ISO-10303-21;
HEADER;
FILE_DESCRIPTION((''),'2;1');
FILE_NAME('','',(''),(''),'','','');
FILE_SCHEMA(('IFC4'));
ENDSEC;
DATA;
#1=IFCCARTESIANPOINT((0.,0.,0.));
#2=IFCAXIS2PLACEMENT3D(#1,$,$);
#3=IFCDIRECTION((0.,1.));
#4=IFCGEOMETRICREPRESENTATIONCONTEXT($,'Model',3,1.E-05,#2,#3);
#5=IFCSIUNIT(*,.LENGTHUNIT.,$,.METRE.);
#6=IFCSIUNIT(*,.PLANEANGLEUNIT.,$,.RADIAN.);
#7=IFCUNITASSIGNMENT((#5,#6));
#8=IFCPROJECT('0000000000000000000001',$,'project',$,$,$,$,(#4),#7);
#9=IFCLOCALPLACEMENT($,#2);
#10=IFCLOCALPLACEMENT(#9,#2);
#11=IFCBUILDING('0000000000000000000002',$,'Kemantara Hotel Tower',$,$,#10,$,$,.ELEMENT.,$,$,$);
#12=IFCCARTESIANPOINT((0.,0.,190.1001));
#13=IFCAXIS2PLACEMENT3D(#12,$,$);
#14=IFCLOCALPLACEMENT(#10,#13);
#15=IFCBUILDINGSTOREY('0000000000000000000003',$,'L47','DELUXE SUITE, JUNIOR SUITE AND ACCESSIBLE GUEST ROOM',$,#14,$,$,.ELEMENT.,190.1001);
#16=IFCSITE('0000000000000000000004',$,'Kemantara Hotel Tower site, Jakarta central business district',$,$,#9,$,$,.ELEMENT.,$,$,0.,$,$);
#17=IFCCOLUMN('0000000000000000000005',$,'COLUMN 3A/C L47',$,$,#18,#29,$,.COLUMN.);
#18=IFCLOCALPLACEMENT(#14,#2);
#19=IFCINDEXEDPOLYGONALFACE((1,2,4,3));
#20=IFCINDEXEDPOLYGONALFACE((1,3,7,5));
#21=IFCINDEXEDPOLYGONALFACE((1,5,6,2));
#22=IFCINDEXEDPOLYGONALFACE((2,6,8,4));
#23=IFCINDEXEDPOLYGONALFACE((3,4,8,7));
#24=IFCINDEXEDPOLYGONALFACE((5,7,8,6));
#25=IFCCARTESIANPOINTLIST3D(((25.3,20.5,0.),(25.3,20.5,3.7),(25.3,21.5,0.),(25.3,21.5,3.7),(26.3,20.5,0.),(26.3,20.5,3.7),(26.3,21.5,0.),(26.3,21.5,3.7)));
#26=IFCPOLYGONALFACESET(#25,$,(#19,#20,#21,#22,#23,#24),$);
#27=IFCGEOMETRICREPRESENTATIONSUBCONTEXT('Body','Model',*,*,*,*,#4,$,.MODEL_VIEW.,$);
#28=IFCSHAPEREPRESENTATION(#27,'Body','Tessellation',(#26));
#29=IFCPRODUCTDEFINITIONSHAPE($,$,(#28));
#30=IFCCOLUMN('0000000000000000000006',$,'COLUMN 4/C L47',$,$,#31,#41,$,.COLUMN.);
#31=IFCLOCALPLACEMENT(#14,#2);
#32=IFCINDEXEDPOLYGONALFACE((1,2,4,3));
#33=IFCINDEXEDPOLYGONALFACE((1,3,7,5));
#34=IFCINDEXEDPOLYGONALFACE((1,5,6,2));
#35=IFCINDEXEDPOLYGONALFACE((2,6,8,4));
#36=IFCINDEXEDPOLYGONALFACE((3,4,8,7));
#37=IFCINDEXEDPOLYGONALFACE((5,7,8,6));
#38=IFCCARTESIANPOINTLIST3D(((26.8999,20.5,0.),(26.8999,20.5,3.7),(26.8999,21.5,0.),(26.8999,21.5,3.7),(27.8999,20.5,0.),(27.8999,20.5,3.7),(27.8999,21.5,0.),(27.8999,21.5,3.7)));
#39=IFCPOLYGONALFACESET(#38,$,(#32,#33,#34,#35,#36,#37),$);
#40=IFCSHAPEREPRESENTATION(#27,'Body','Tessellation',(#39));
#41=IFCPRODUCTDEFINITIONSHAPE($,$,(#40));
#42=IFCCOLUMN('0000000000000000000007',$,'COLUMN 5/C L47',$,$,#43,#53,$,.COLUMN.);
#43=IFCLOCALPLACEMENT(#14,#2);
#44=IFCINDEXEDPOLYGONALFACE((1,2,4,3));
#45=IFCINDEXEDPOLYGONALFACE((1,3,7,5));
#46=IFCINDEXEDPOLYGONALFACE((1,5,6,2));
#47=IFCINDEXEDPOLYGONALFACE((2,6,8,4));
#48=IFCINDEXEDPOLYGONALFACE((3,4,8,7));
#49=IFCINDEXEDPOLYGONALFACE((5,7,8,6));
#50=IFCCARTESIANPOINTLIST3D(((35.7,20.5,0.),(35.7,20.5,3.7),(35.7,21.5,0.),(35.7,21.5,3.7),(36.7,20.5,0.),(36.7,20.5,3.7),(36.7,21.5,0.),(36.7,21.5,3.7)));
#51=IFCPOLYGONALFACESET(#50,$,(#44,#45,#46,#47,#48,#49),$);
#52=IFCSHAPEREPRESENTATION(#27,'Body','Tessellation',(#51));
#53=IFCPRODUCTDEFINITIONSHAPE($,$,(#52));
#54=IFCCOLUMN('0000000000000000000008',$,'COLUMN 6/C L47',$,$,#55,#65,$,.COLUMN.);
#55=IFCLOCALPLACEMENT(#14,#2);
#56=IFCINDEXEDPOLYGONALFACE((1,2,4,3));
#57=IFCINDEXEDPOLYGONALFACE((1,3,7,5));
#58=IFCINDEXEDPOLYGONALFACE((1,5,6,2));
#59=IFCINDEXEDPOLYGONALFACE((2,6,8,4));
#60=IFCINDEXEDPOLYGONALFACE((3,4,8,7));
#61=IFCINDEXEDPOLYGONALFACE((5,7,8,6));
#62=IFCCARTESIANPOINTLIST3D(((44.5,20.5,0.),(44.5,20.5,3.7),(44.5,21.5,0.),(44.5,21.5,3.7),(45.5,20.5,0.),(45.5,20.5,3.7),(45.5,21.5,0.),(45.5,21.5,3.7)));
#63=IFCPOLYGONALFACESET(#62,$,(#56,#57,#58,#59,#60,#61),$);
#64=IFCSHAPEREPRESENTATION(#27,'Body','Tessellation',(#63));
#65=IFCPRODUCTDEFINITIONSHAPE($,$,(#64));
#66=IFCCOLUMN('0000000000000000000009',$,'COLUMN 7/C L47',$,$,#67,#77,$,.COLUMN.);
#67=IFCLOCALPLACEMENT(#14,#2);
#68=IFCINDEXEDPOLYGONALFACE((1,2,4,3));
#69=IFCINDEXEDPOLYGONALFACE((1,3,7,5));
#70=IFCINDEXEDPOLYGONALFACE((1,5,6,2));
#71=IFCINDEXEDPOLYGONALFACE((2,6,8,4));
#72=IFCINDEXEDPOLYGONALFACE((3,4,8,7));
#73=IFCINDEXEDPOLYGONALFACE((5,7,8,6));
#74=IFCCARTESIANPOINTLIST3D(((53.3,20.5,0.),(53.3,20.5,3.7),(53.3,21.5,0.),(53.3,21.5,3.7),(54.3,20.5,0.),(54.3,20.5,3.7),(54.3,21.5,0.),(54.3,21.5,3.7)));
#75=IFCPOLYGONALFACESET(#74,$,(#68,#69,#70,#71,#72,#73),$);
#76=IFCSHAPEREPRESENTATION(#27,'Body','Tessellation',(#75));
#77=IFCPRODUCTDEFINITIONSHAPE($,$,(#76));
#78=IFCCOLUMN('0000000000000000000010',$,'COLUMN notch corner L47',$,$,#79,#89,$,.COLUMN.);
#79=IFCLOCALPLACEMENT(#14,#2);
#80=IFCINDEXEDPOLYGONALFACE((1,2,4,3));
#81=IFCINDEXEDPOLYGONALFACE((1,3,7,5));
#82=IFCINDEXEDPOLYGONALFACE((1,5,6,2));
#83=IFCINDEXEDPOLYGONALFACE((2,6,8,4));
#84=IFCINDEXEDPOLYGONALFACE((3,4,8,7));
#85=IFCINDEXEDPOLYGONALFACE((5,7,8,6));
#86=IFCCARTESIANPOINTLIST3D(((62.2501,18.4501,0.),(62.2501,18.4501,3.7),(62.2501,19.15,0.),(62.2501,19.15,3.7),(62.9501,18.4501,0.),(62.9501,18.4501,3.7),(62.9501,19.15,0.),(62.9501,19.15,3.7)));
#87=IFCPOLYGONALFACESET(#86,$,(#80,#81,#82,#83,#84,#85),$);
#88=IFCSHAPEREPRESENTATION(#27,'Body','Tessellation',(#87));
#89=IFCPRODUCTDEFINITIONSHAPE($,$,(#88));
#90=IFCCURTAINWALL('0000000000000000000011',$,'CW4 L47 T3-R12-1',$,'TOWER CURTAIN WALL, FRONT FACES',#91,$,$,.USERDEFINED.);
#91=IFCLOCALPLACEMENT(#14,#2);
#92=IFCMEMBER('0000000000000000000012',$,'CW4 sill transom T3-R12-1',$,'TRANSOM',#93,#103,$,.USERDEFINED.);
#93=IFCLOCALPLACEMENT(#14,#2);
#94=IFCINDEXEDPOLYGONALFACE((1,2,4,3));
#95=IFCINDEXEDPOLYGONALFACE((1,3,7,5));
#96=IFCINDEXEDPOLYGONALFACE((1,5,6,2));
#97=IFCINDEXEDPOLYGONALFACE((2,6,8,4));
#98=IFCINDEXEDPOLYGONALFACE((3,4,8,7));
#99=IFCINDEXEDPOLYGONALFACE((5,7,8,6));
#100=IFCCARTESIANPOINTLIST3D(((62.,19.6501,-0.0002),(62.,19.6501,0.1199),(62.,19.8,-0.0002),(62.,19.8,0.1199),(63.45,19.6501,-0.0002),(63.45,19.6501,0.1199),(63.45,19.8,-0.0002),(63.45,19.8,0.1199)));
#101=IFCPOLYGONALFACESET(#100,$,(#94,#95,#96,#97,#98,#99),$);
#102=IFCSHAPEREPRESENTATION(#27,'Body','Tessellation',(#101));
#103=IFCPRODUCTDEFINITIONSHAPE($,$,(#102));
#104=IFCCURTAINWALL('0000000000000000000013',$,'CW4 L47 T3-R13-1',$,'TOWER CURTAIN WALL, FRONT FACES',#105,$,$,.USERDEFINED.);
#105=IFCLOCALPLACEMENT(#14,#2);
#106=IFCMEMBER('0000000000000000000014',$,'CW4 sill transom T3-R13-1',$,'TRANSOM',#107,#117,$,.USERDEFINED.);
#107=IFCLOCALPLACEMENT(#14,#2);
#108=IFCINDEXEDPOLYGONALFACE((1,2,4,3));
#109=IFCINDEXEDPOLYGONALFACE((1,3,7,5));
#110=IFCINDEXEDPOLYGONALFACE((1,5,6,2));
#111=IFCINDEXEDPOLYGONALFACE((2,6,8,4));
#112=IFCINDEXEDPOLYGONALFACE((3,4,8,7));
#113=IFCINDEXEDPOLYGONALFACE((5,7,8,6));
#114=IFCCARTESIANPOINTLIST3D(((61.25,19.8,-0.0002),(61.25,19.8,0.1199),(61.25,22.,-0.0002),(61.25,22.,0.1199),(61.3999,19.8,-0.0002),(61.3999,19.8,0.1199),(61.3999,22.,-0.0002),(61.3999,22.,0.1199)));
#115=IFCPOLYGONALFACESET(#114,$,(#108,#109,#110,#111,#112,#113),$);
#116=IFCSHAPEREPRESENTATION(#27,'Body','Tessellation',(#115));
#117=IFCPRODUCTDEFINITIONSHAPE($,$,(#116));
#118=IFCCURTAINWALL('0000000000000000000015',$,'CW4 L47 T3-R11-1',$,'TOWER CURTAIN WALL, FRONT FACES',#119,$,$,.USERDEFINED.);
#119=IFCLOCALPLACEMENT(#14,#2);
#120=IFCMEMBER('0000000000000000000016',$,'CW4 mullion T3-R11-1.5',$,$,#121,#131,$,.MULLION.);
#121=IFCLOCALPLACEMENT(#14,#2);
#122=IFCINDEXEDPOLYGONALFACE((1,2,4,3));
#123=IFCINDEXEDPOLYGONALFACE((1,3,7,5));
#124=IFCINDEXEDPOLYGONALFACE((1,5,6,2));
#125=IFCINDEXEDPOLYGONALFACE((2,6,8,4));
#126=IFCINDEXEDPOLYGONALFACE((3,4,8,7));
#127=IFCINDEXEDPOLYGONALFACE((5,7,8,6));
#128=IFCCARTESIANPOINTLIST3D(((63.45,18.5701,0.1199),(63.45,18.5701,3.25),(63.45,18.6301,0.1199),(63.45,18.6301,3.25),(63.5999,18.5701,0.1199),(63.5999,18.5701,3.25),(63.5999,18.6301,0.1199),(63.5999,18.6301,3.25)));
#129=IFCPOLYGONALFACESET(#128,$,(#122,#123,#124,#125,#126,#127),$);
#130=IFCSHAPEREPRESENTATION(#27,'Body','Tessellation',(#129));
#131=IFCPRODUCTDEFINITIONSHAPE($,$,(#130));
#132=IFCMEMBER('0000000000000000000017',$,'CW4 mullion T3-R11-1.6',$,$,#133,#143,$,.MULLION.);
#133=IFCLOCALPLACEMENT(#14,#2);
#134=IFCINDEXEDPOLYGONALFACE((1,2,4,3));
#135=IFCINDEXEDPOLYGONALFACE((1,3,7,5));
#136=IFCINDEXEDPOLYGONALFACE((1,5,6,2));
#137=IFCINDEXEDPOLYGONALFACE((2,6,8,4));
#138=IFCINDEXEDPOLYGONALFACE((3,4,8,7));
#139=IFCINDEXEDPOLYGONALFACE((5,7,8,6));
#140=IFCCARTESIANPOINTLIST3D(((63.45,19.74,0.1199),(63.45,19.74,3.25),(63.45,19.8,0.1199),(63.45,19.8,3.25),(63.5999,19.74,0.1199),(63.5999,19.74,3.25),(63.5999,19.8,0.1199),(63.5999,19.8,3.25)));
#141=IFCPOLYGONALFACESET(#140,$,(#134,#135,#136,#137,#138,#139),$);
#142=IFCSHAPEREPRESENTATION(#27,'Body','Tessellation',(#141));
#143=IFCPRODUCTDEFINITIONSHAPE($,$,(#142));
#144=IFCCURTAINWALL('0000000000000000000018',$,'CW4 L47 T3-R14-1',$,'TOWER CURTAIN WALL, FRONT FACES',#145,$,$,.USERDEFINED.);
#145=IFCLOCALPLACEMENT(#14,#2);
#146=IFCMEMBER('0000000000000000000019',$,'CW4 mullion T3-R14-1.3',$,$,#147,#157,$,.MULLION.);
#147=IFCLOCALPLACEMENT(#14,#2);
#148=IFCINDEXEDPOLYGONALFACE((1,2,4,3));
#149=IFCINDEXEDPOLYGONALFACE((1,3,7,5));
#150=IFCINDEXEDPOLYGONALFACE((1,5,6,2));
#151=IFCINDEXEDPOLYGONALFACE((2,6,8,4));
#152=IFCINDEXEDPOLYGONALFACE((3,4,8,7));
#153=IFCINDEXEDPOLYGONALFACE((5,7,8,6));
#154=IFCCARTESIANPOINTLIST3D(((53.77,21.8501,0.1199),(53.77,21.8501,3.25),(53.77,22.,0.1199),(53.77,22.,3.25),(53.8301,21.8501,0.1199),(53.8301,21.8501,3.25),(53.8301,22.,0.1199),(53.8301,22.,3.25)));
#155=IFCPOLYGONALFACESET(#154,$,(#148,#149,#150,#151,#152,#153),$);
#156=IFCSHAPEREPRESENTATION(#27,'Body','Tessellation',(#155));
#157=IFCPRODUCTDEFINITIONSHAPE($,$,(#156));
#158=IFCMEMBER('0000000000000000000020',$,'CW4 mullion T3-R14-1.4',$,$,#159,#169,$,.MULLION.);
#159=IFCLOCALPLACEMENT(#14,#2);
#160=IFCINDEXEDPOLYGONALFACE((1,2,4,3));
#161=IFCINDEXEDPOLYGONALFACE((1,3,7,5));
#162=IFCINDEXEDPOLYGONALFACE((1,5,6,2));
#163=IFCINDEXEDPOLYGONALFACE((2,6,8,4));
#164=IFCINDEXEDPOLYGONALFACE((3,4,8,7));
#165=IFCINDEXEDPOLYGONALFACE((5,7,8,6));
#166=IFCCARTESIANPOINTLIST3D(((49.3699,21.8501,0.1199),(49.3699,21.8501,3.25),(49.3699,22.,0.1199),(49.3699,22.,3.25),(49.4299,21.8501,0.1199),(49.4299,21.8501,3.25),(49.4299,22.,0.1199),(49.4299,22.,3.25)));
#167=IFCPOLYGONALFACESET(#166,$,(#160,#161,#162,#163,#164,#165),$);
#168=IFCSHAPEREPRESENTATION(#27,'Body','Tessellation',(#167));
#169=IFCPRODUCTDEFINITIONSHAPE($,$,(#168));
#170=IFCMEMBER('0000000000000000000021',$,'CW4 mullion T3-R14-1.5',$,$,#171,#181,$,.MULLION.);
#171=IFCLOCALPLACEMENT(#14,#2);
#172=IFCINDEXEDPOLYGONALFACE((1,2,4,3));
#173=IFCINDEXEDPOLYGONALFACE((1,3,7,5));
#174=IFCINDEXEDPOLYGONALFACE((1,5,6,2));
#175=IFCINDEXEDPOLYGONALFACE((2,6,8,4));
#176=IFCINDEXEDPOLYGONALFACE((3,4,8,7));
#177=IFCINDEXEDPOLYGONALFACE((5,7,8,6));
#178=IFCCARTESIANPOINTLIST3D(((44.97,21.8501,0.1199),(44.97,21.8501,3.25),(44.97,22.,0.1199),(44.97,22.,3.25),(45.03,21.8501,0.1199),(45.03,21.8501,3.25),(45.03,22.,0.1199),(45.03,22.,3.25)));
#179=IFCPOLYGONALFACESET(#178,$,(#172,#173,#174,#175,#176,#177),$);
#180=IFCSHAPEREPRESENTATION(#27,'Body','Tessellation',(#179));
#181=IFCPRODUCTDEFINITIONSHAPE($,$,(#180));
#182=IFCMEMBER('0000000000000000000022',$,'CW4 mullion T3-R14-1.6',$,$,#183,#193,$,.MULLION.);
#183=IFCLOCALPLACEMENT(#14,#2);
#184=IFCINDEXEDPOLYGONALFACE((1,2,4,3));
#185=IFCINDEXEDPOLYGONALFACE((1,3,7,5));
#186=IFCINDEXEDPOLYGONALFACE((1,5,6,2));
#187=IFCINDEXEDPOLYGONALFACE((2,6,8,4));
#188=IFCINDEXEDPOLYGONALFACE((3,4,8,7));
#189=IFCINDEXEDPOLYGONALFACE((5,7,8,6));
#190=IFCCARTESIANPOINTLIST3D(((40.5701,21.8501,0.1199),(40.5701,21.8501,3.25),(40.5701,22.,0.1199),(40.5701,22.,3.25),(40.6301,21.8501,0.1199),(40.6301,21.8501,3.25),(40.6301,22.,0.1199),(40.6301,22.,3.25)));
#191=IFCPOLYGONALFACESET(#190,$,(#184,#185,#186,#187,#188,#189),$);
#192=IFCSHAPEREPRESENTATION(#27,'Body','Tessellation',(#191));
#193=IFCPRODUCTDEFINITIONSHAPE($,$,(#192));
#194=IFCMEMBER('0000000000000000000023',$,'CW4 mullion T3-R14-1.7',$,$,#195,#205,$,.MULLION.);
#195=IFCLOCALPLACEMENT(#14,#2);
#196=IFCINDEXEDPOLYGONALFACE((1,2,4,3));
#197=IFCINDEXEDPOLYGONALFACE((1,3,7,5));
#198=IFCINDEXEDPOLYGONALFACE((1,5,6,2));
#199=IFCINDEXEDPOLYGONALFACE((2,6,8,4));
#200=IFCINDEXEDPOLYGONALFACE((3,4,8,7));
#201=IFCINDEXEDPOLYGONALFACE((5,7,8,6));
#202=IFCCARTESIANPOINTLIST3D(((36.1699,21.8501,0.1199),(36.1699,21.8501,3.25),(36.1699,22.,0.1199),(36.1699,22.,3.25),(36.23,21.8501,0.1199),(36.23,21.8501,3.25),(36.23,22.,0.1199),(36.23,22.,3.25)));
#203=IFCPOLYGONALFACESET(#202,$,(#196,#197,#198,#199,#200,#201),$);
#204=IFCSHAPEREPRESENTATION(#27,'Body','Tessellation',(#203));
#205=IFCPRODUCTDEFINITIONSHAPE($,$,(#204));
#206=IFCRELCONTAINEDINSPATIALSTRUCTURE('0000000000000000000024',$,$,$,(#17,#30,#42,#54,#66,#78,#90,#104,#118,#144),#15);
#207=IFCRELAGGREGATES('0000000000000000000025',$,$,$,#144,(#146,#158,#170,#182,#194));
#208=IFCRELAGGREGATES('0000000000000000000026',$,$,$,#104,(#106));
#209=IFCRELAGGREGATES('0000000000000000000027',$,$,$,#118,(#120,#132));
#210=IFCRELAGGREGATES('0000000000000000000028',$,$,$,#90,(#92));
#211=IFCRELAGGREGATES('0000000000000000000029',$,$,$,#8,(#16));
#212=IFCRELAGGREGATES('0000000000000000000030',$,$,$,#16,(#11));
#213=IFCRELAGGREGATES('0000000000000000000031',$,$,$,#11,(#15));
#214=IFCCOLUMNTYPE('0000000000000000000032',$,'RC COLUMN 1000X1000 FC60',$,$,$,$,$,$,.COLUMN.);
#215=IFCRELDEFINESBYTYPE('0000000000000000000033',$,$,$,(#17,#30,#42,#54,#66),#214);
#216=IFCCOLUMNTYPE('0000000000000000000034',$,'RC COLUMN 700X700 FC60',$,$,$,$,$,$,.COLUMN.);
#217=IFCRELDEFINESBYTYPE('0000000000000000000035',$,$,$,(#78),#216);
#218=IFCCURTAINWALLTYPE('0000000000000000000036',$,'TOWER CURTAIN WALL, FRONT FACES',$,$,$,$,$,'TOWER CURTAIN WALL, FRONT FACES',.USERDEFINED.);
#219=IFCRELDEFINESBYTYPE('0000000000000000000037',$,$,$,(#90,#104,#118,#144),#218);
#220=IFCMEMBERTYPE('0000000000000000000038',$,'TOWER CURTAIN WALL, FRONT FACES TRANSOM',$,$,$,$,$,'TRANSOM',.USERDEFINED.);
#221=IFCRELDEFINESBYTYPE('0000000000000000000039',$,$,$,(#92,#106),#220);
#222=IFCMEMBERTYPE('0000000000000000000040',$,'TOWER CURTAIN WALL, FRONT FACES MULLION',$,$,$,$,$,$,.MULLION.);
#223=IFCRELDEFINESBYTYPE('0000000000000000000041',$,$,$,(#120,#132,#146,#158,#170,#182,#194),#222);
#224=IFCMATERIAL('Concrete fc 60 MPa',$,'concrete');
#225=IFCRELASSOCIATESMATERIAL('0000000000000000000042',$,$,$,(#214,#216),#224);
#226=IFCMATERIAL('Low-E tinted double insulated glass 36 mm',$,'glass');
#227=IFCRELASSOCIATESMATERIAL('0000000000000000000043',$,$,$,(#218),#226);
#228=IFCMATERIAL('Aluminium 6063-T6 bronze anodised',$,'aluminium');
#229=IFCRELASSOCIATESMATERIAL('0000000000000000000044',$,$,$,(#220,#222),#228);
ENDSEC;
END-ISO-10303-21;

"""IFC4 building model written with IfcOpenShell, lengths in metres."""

from ifc_helpers import new_model, si_unit, direction, frame, origin, origin_2d, place, context, subcontext, project, spatial, rectangle, extrude, source, transform, mapped, material, material_profile, profile_set, type_object, element, aggregate, save


model = new_model("IFC4")

# Units and contexts
model_context = context("Model", 3, precision=1e-05, world=origin(), true_north=direction((0.0, 1.0)))
body_context = subcontext(model_context, "Body", "Model", "MODEL_VIEW")
ifc_project = project(units=[si_unit("LENGTHUNIT", "METRE"), si_unit("PLANEANGLEUNIT", "RADIAN")], contexts=[model_context])

# Site, building, storey
site_placement = place(None, origin())
site = spatial("IfcSite", under=ifc_project, at=site_placement, Name="Kemantara Hotel Tower site, Jakarta central business district", CompositionType="ELEMENT", RefElevation=0.0)
building_placement = place(site_placement, origin())
building = spatial("IfcBuilding", under=site, at=building_placement, Name="Kemantara Hotel Tower", CompositionType="ELEMENT")
storey_placement = place(building_placement, frame((0.0, 0.0, 190.1001)))
storey = spatial("IfcBuildingStorey", under=building, at=storey_placement, Name="L47", Description="DELUXE SUITE, JUNIOR SUITE AND ACCESSIBLE GUEST ROOM", CompositionType="ELEMENT", Elevation=190.1001)

# Columns
ifc_material_1 = material(Name="Concrete fc 60 MPa", Category="concrete")
ifc_material_profile_1 = material_profile(ifc_material_1, rectangle(XDim=1.0, YDim=1.0, at=origin_2d()), Name="RC 1000X1000")
ifc_profile_set_1 = profile_set([ifc_material_profile_1], Name="Concrete fc 60 MPa")
column_type_1 = type_object("IfcColumnType", Name="RC COLUMN 1000X1000 FC60", PredefinedType="COLUMN", material=ifc_profile_set_1)
for number, where, z_axis, x_axis, name in (
    (1, (25.8, 21.0, 0.0), (0.0, 0.0, 1.0), (1.0, 0.0, 0.0), "COLUMN 3A/C L47"),
    (2, (27.3999, 21.0, 0.0), (0.0, 0.0, 1.0), (1.0, 0.0, 0.0), "COLUMN 4/C L47"),
    (3, (36.2, 21.0, 0.0), (0.0, 0.0, 1.0), (1.0, 0.0, 0.0), "COLUMN 5/C L47"),
    (4, (45.0, 21.0, 0.0), (0.0, 0.0, 1.0), (1.0, 0.0, 0.0), "COLUMN 6/C L47"),
    (5, (53.8, 21.0, 0.0), (0.0, 0.0, 1.0), (1.0, 0.0, 0.0), "COLUMN 7/C L47"),
):
    element("IfcColumn", number, at=place(storey_placement, frame(where, z_axis=z_axis, x_axis=x_axis)), inside=storey, type_object=column_type_1, Name=name, PredefinedType="COLUMN", context=body_context, shape_type="SweptSolid", body=[
        extrude(rectangle(XDim=1.0, YDim=1.0, at=origin_2d()), origin(), (0.0, 0.0, 1.0), 3.7),
    ])
ifc_material_profile_2 = material_profile(ifc_material_1, rectangle(XDim=0.7, YDim=0.7, at=origin_2d()), Name="RC 700X700")
ifc_profile_set_2 = profile_set([ifc_material_profile_2], Name="Concrete fc 60 MPa")
column_type_2 = type_object("IfcColumnType", Name="RC COLUMN 700X700 FC60", PredefinedType="COLUMN", material=ifc_profile_set_2)
column_placement = place(storey_placement, frame((62.6001, 18.8, 0.0), z_axis=(0.0, 0.0, 1.0), x_axis=(1.0, 0.0, 0.0)))
element("IfcColumn", 6, at=column_placement, inside=storey, type_object=column_type_2, Name="COLUMN notch corner L47", PredefinedType="COLUMN", context=body_context, shape_type="SweptSolid", body=[
    extrude(rectangle(XDim=0.7, YDim=0.7, at=origin_2d()), origin(), (0.0, 0.0, 1.0), 3.7),
])

# Curtain walls, members
ifc_material_2 = material(Name="Low-E tinted double insulated glass 36 mm", Category="glass")
curtain_wall_type = type_object("IfcCurtainWallType", Name="TOWER CURTAIN WALL, FRONT FACES", ElementType="TOWER CURTAIN WALL, FRONT FACES", PredefinedType="USERDEFINED", material=ifc_material_2)
curtain_wall_1_placement = place(storey_placement, origin())
curtain_wall_1 = element("IfcCurtainWall", 7, at=curtain_wall_1_placement, inside=storey, type_object=curtain_wall_type, Name="CW4 L47 T3-R12-1", ObjectType="TOWER CURTAIN WALL, FRONT FACES", PredefinedType="USERDEFINED")
ifc_material_3 = material(Name="Aluminium 6063-T6 bronze anodised", Category="aluminium")
ifc_material_profile_3 = material_profile(ifc_material_3, rectangle(XDim=0.1499, YDim=0.1201, at=origin_2d()), Name="TOWER CURTAIN WALL, FRONT FACES TRANSOM")
ifc_profile_set_3 = profile_set([ifc_material_profile_3], Name="Aluminium 6063-T6 bronze anodised")
member_type_1 = type_object("IfcMemberType", Name="TOWER CURTAIN WALL, FRONT FACES TRANSOM", ElementType="TRANSOM", PredefinedType="USERDEFINED", material=ifc_profile_set_3)
member_1_placement = place(storey_placement, frame((63.45, 19.7251, 0.0598), z_axis=(-1.0, 0.0, 0.0), x_axis=(0.0, -1.0, 0.0)))
member_1 = element("IfcMember", 8, at=member_1_placement, type_object=member_type_1, Name="CW4 sill transom T3-R12-1", ObjectType="TRANSOM", PredefinedType="USERDEFINED", context=body_context, shape_type="SweptSolid", body=[
    extrude(rectangle(XDim=0.1499, YDim=0.1201, at=origin_2d()), origin(), (0.0, 0.0, 1.0), 1.45),
])
curtain_wall_2_placement = place(storey_placement, origin())
curtain_wall_2 = element("IfcCurtainWall", 9, at=curtain_wall_2_placement, inside=storey, type_object=curtain_wall_type, Name="CW4 L47 T3-R13-1", ObjectType="TOWER CURTAIN WALL, FRONT FACES", PredefinedType="USERDEFINED")
member_2_placement = place(storey_placement, frame((61.325, 19.8, 0.0598), z_axis=(0.0, 1.0, 0.0), x_axis=(-1.0, 0.0, 0.0)))
member_2 = element("IfcMember", 10, at=member_2_placement, type_object=member_type_1, Name="CW4 sill transom T3-R13-1", ObjectType="TRANSOM", PredefinedType="USERDEFINED", context=body_context, shape_type="SweptSolid", body=[
    extrude(rectangle(XDim=0.1499, YDim=0.1201, at=origin_2d()), origin(), (0.0, 0.0, 1.0), 2.2),
])

# Curtain walls, members
curtain_wall_3_placement = place(storey_placement, origin())
curtain_wall_3 = element("IfcCurtainWall", 11, at=curtain_wall_3_placement, inside=storey, type_object=curtain_wall_type, Name="CW4 L47 T3-R11-1", ObjectType="TOWER CURTAIN WALL, FRONT FACES", PredefinedType="USERDEFINED")
ifc_material_profile_4 = material_profile(ifc_material_3, rectangle(XDim=0.1499, YDim=0.0601, at=origin_2d()), Name="TOWER CURTAIN WALL, FRONT FACES MULLION")
ifc_profile_set_4 = profile_set([ifc_material_profile_4], Name="Aluminium 6063-T6 bronze anodised")
member_type_2 = type_object("IfcMemberType", Name="TOWER CURTAIN WALL, FRONT FACES MULLION", PredefinedType="MULLION", material=ifc_profile_set_4)
shared_shape_1 = source(origin(), body_context, "Body", "SweptSolid", [
    extrude(rectangle(XDim=0.1499, YDim=0.0601, at=origin_2d()), origin(), (0.0, 0.0, 1.0), 3.1301),
])
member_3_placement = place(storey_placement, frame((63.5249, 18.6001, 0.1199), z_axis=(0.0, 0.0, 1.0), x_axis=(-1.0, 0.0, 0.0)))
member_3 = element("IfcMember", 12, at=member_3_placement, type_object=member_type_2, Name="CW4 mullion T3-R11-1.5", PredefinedType="MULLION", context=body_context, shape_type="MappedRepresentation", body=[
    mapped(shared_shape_1, transform((0.0, 0.0, 0.0))),
])
member_4_placement = place(storey_placement, frame((63.5249, 19.77, 0.1199), z_axis=(0.0, 0.0, 1.0), x_axis=(-1.0, 0.0, 0.0)))
member_4 = element("IfcMember", 13, at=member_4_placement, type_object=member_type_2, Name="CW4 mullion T3-R11-1.6", PredefinedType="MULLION", context=body_context, shape_type="MappedRepresentation", body=[
    mapped(shared_shape_1, transform((0.0, 0.0, 0.0))),
])
curtain_wall_4_placement = place(storey_placement, origin())
curtain_wall_4 = element("IfcCurtainWall", 14, at=curtain_wall_4_placement, inside=storey, type_object=curtain_wall_type, Name="CW4 L47 T3-R14-1", ObjectType="TOWER CURTAIN WALL, FRONT FACES", PredefinedType="USERDEFINED")
member_5_placement = place(storey_placement, frame((53.8, 21.925, 0.1199), z_axis=(0.0, 0.0, 1.0), x_axis=(0.0, -1.0, 0.0)))
member_5 = element("IfcMember", 15, at=member_5_placement, type_object=member_type_2, Name="CW4 mullion T3-R14-1.3", PredefinedType="MULLION", context=body_context, shape_type="MappedRepresentation", body=[
    mapped(shared_shape_1, transform((0.0, 0.0, 0.0))),
])
member_6_placement = place(storey_placement, frame((49.3999, 21.925, 0.1199), z_axis=(0.0, 0.0, 1.0), x_axis=(0.0, -1.0, 0.0)))
member_6 = element("IfcMember", 16, at=member_6_placement, type_object=member_type_2, Name="CW4 mullion T3-R14-1.4", PredefinedType="MULLION", context=body_context, shape_type="MappedRepresentation", body=[
    mapped(shared_shape_1, transform((0.0, 0.0, 0.0))),
])
member_7_placement = place(storey_placement, frame((45.0, 21.925, 0.1199), z_axis=(0.0, 0.0, 1.0), x_axis=(0.0, -1.0, 0.0)))
member_7 = element("IfcMember", 17, at=member_7_placement, type_object=member_type_2, Name="CW4 mullion T3-R14-1.5", PredefinedType="MULLION", context=body_context, shape_type="MappedRepresentation", body=[
    mapped(shared_shape_1, transform((0.0, 0.0, 0.0))),
])
member_8_placement = place(storey_placement, frame((40.6001, 21.925, 0.1199), z_axis=(0.0, 0.0, 1.0), x_axis=(0.0, -1.0, 0.0)))
member_8 = element("IfcMember", 18, at=member_8_placement, type_object=member_type_2, Name="CW4 mullion T3-R14-1.6", PredefinedType="MULLION", context=body_context, shape_type="MappedRepresentation", body=[
    mapped(shared_shape_1, transform((0.0, 0.0, 0.0))),
])
member_9_placement = place(storey_placement, frame((36.2, 21.925, 0.1199), z_axis=(0.0, 0.0, 1.0), x_axis=(0.0, -1.0, 0.0)))
member_9 = element("IfcMember", 19, at=member_9_placement, type_object=member_type_2, Name="CW4 mullion T3-R14-1.7", PredefinedType="MULLION", context=body_context, shape_type="MappedRepresentation", body=[
    mapped(shared_shape_1, transform((0.0, 0.0, 0.0))),
])

aggregate(curtain_wall_4, [member_5, member_6, member_7, member_8, member_9])
aggregate(curtain_wall_2, [member_2])
aggregate(curtain_wall_3, [member_3, member_4])
aggregate(curtain_wall_1, [member_1])

save(model, "model.ifc")
